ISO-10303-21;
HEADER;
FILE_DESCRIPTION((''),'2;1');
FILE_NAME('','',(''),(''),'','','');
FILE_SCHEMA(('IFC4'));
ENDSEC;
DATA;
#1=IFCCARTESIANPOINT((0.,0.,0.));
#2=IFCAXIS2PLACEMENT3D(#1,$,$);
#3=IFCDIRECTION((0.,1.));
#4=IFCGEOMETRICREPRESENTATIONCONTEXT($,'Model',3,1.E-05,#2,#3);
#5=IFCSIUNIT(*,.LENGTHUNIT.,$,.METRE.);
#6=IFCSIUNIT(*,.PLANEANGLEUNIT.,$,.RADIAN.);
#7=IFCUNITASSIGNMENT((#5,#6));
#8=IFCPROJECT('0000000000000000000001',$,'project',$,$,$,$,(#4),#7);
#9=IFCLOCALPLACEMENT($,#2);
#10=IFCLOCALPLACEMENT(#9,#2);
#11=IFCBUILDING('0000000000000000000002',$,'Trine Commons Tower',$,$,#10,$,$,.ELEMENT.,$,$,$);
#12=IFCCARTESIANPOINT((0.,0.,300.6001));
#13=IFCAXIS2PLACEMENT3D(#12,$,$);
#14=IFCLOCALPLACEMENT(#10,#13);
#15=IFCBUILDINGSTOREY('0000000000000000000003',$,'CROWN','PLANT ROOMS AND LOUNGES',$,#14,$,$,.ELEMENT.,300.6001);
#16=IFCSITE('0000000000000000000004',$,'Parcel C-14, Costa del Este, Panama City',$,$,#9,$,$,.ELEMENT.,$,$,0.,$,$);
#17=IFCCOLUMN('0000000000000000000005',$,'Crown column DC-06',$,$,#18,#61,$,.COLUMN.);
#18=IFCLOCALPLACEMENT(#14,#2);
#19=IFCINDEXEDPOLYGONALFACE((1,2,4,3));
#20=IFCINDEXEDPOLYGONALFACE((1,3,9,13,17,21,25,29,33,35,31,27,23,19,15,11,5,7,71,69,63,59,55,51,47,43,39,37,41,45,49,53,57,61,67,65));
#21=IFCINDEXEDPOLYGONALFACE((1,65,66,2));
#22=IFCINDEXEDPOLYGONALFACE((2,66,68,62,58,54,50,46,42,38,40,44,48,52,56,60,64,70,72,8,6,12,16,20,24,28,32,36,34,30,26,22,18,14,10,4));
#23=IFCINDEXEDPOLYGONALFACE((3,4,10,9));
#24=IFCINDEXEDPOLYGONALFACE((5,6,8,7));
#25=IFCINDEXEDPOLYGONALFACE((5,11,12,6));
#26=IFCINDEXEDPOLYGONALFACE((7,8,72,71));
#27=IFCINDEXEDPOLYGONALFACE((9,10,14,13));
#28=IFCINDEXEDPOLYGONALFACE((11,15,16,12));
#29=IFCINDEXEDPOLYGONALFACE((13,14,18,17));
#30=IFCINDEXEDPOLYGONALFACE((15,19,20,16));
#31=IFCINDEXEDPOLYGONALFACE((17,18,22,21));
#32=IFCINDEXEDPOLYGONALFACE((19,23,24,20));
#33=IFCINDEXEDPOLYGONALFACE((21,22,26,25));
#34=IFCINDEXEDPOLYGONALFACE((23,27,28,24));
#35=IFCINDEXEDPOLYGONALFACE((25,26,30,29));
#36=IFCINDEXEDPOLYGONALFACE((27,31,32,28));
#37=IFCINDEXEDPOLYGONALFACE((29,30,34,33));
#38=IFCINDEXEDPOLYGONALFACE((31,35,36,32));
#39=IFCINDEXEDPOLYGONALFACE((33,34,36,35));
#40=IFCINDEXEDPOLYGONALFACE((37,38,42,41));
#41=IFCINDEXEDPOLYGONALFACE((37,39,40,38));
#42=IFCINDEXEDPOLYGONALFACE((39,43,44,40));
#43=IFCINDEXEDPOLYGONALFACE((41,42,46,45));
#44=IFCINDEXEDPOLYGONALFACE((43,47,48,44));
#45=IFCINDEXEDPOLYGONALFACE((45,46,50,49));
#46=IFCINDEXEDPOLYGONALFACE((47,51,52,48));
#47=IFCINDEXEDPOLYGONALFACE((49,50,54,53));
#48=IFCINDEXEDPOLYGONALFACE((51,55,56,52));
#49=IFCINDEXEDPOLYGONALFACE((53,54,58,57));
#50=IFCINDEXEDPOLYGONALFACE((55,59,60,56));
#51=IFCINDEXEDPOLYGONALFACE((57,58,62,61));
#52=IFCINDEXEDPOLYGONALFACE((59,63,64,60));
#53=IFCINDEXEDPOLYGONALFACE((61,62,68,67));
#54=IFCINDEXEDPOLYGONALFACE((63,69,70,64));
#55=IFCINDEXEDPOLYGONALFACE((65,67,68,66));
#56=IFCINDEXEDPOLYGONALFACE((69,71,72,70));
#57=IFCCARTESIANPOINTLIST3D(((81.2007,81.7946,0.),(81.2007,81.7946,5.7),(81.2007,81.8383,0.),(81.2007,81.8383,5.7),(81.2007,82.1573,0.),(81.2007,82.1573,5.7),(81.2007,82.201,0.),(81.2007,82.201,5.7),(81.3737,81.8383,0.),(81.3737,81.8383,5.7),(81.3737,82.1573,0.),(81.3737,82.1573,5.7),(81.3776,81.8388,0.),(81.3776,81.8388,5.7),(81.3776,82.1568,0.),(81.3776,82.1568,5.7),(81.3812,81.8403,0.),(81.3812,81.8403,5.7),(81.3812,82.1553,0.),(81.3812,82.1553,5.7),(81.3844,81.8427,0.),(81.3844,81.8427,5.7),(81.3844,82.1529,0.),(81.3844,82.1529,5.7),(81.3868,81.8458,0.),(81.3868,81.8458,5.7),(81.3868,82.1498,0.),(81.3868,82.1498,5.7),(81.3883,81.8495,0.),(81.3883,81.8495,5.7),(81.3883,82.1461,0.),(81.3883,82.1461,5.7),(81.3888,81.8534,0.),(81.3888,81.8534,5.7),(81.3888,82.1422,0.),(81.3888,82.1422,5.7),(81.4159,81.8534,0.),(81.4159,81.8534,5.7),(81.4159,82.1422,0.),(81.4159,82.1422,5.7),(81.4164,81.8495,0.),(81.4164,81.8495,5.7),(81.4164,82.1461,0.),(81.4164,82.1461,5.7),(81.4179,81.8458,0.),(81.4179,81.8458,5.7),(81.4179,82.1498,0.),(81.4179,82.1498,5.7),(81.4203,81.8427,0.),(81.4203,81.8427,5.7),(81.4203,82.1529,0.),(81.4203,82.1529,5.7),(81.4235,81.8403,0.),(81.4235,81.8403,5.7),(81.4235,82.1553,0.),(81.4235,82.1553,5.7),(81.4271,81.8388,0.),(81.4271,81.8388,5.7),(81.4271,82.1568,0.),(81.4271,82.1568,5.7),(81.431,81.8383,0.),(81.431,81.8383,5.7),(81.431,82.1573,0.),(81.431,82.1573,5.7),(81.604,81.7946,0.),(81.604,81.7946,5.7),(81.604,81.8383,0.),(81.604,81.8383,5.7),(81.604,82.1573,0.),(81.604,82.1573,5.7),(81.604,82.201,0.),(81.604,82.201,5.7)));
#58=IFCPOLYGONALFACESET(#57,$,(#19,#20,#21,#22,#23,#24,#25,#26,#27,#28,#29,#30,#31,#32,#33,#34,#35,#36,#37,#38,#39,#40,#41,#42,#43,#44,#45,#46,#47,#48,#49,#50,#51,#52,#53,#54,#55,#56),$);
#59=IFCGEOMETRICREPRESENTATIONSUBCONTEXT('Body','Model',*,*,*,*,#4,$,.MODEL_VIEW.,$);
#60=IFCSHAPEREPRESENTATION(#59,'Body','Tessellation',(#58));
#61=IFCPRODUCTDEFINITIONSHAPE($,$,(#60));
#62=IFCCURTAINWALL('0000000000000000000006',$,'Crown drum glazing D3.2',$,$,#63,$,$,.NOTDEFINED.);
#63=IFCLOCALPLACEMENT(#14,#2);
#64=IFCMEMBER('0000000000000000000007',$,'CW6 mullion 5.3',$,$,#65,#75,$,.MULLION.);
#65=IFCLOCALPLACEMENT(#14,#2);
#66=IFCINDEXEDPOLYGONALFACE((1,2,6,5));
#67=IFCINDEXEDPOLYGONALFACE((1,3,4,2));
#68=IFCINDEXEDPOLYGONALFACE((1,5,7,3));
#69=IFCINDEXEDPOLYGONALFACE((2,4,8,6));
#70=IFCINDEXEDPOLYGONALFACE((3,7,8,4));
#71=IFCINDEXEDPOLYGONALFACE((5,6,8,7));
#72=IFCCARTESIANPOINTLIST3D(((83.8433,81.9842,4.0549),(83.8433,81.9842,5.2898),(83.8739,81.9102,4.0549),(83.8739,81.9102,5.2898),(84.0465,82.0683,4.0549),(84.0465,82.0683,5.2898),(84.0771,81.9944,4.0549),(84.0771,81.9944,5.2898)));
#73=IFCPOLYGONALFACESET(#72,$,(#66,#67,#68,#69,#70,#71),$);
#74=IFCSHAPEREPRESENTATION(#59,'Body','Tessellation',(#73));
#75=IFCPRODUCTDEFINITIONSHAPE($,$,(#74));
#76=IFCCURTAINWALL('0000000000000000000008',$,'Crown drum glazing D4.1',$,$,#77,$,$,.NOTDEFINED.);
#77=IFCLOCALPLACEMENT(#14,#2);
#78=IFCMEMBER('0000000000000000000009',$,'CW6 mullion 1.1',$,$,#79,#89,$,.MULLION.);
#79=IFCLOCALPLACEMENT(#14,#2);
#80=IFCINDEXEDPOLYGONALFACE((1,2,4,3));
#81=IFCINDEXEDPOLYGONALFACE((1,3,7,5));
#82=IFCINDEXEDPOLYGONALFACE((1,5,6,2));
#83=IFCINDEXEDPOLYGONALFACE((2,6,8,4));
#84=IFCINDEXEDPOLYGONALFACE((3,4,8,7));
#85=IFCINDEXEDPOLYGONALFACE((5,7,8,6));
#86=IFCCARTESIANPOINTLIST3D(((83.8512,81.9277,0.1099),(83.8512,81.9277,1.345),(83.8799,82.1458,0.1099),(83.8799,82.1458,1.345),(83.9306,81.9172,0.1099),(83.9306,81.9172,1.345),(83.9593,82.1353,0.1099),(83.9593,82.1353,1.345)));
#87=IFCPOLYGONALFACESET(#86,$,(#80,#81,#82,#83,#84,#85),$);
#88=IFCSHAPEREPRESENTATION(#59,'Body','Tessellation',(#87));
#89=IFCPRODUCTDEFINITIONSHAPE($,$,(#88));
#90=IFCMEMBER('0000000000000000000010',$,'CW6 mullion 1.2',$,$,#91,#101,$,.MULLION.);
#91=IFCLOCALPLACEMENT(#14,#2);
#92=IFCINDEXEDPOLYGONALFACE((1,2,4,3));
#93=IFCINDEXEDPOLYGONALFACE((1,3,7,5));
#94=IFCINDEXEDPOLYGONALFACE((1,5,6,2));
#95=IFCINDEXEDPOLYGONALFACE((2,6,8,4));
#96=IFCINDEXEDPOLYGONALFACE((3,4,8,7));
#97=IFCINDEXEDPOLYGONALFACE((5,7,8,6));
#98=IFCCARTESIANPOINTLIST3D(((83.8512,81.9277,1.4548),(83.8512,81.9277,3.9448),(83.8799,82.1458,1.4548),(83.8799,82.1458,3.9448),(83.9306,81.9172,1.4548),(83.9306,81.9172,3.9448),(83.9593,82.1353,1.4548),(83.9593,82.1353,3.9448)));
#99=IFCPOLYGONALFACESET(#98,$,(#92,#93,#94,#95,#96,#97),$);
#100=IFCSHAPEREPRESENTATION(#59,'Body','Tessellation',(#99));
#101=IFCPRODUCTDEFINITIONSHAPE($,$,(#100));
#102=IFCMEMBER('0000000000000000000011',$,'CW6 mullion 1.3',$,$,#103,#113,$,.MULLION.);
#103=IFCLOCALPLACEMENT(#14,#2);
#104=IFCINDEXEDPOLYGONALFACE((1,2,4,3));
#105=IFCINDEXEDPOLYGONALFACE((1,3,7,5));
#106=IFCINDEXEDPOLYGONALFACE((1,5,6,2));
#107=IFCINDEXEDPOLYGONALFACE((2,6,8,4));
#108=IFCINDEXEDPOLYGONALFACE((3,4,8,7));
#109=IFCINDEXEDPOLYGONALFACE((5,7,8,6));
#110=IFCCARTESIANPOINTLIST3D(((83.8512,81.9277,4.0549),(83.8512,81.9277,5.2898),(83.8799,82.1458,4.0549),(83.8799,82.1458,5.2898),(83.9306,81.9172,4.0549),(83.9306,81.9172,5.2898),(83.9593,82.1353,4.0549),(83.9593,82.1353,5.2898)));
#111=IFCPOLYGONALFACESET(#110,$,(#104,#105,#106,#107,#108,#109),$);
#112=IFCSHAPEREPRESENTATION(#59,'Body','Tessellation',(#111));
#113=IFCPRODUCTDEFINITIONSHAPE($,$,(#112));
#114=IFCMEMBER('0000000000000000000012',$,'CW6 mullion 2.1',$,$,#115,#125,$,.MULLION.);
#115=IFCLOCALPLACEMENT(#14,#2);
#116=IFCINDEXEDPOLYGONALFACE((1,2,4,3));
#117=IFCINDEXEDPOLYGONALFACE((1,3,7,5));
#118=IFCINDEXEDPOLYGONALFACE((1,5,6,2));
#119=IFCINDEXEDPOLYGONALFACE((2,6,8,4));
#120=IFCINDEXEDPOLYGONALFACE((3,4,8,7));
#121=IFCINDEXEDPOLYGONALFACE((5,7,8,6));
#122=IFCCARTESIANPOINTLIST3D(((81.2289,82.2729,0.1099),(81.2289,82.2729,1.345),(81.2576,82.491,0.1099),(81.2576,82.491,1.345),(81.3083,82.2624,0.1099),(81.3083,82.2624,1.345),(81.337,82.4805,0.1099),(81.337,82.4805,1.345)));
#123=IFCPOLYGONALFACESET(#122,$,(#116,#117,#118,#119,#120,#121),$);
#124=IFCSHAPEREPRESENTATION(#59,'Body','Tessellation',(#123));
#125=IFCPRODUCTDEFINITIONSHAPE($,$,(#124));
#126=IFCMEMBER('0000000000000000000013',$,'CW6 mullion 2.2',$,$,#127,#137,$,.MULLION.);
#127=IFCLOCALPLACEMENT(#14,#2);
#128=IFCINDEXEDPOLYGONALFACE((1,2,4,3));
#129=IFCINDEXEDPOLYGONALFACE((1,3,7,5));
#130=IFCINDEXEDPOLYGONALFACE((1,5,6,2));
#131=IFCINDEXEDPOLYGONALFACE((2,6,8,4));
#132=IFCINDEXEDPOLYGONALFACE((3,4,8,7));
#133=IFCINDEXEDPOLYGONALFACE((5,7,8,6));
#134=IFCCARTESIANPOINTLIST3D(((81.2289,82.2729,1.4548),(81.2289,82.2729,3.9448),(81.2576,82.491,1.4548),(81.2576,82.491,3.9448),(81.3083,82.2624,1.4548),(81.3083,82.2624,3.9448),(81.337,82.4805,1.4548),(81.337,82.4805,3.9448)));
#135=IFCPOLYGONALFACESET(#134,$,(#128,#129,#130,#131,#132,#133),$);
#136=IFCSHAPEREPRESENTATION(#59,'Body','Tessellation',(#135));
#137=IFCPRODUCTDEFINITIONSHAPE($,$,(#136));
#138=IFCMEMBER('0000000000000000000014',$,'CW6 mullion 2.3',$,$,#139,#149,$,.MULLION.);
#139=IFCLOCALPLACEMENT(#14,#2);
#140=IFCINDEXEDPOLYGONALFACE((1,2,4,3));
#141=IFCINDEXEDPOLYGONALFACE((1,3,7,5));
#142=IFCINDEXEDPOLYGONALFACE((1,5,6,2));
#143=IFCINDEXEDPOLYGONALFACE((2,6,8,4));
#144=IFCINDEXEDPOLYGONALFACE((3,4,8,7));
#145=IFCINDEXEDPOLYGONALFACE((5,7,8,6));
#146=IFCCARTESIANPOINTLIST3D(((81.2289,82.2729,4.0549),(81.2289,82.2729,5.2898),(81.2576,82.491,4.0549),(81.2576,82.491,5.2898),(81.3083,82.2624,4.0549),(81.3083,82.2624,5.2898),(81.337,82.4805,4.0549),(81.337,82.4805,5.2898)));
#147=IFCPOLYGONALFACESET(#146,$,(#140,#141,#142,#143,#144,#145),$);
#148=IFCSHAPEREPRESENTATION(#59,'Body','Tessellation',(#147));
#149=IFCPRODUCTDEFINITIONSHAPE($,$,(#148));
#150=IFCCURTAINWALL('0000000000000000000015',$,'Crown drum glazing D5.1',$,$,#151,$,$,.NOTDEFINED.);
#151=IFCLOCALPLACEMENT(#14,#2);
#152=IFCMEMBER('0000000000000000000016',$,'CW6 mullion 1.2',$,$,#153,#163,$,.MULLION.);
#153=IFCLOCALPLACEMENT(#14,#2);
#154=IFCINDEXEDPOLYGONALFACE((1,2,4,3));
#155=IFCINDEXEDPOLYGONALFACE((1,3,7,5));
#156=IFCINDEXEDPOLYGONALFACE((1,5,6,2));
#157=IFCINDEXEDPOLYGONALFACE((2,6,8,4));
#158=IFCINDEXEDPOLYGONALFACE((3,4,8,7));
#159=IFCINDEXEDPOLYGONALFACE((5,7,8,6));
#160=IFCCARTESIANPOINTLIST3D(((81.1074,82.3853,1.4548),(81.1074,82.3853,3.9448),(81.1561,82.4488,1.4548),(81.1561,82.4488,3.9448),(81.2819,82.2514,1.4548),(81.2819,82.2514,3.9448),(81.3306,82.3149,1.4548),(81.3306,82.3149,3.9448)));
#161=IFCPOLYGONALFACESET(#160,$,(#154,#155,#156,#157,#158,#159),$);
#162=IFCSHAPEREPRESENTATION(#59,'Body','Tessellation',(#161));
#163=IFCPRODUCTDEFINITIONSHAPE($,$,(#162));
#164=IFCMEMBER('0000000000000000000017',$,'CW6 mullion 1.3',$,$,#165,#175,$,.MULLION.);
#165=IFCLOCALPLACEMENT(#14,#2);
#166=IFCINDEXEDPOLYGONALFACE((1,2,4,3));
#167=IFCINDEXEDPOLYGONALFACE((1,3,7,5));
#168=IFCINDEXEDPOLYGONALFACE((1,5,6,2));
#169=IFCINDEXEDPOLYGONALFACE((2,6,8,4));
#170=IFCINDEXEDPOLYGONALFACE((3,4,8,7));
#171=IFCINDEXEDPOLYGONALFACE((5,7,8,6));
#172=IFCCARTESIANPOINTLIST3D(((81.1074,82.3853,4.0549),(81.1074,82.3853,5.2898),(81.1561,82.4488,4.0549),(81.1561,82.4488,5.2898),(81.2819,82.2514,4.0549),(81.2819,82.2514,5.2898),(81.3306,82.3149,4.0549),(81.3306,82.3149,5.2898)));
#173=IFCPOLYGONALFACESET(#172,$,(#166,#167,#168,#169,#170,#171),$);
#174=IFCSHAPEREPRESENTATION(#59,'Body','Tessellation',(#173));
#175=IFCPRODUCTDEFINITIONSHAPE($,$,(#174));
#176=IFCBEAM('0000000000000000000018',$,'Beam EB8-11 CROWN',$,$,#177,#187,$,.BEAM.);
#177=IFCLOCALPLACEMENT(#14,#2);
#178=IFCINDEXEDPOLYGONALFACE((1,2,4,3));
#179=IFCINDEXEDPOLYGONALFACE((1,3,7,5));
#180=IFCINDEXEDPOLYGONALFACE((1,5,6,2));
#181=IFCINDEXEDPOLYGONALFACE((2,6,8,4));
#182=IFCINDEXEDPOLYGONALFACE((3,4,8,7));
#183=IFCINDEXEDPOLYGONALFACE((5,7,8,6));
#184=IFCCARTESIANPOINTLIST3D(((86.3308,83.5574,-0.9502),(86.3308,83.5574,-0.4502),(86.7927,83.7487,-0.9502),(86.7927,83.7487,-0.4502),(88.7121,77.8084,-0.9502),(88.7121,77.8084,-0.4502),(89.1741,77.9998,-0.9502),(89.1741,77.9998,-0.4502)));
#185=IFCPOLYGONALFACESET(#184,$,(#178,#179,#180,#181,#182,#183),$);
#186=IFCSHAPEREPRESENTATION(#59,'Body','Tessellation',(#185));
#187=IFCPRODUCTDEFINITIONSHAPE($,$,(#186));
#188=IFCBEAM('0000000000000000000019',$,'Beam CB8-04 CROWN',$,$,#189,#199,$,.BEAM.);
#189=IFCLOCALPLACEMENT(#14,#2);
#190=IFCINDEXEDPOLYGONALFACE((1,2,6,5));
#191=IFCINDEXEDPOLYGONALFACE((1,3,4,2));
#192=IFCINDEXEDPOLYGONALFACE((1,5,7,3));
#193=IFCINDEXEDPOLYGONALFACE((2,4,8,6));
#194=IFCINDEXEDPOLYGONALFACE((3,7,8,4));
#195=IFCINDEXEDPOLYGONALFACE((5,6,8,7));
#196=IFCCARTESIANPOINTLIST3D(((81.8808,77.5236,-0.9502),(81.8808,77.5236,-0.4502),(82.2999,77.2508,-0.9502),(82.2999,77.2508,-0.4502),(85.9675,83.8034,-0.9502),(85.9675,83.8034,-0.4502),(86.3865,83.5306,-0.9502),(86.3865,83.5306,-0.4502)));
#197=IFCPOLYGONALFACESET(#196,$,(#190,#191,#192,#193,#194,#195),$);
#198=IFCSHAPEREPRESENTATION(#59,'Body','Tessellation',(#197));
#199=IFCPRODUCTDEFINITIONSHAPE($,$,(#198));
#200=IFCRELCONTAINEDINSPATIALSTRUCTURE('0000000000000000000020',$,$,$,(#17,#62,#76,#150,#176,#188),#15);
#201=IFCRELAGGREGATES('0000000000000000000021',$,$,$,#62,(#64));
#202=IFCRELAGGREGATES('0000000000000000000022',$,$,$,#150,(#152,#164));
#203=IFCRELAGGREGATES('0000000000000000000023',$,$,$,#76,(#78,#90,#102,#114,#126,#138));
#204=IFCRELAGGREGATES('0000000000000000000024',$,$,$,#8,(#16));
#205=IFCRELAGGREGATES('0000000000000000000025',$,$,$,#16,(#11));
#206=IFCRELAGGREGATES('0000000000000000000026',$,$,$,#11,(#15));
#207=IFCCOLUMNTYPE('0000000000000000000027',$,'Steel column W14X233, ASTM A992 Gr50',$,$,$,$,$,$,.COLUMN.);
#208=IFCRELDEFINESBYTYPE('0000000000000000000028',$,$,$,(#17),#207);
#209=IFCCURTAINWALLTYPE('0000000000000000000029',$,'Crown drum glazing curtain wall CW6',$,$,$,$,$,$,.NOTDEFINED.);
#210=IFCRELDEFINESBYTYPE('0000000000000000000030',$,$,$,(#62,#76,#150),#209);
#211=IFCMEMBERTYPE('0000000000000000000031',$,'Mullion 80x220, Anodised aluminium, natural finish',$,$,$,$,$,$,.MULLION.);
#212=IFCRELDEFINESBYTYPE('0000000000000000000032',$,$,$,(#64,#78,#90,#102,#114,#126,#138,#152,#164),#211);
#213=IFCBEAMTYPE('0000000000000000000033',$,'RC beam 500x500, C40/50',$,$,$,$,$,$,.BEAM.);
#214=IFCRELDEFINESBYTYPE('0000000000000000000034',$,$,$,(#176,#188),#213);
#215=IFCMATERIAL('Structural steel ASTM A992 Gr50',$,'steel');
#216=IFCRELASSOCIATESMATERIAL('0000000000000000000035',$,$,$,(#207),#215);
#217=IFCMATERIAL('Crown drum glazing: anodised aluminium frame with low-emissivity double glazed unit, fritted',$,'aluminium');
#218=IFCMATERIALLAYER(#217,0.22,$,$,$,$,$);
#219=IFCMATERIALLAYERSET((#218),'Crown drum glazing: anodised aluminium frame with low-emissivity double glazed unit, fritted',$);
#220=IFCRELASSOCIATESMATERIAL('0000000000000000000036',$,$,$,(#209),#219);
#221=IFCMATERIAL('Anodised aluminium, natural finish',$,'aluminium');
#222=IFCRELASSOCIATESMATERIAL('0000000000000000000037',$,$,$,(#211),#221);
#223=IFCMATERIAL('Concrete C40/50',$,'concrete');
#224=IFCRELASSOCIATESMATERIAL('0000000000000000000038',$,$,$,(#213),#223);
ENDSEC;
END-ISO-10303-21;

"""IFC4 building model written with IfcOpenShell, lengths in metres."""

from ifc_helpers import new_model, si_unit, direction, frame, origin, origin_2d, place, context, subcontext, project, spatial, rectangle, i_section, extrude, material, layer, layer_set, material_profile, profile_set, type_object, element, aggregate, save


model = new_model("IFC4")

# Units and contexts
model_context = context("Model", 3, precision=1e-05, world=origin(), true_north=direction((0.0, 1.0)))
body_context = subcontext(model_context, "Body", "Model", "MODEL_VIEW")
ifc_project = project(units=[si_unit("LENGTHUNIT", "METRE"), si_unit("PLANEANGLEUNIT", "RADIAN")], contexts=[model_context])

# Site, building, storey
site_placement = place(None, origin())
site = spatial("IfcSite", under=ifc_project, at=site_placement, Name="Parcel C-14, Costa del Este, Panama City", CompositionType="ELEMENT", RefElevation=0.0)
building_placement = place(site_placement, origin())
building = spatial("IfcBuilding", under=site, at=building_placement, Name="Trine Commons Tower", CompositionType="ELEMENT")
storey_placement = place(building_placement, frame((0.0, 0.0, 300.6001)))
storey = spatial("IfcBuildingStorey", under=building, at=storey_placement, Name="CROWN", Description="PLANT ROOMS AND LOUNGES", CompositionType="ELEMENT", Elevation=300.6001)

# Column
ifc_material_1 = material(Name="Structural steel ASTM A992 Gr50", Category="steel")
ifc_material_profile_1 = material_profile(ifc_material_1, i_section(OverallWidth=0.4033, OverallDepth=0.4065, WebThickness=0.0271, FlangeThickness=0.0437, FilletRadius=0.0151, at=origin_2d()), Name="W14X233")
ifc_profile_set_1 = profile_set([ifc_material_profile_1], Name="Structural steel ASTM A992 Gr50")
column_type = type_object("IfcColumnType", Name="Steel column W14X233, ASTM A992 Gr50", PredefinedType="COLUMN", material=ifc_profile_set_1)
column_placement = place(storey_placement, frame((81.4023, 81.9978, 0.0), z_axis=(0.0, 0.0, 1.0), x_axis=(1.0, 0.0, 0.0)))
element("IfcColumn", 1, at=column_placement, inside=storey, type_object=column_type, Name="Crown column DC-06", PredefinedType="COLUMN", context=body_context, shape_type="SweptSolid", body=[
    extrude(i_section(OverallWidth=0.4033, OverallDepth=0.4065, WebThickness=0.0271, FlangeThickness=0.0437, FilletRadius=0.0151, at=origin_2d()), origin(), (0.0, 0.0, 1.0), 5.7),
])

# Curtain wall, member
ifc_material_2 = material(Name="Crown drum glazing: anodised aluminium frame with low-emissivity double glazed unit, fritted", Category="aluminium")
ifc_layer_1 = layer(ifc_material_2, 0.22)
ifc_layer_set_1 = layer_set([ifc_layer_1], Name="Crown drum glazing: anodised aluminium frame with low-emissivity double glazed unit, fritted")
curtain_wall_type = type_object("IfcCurtainWallType", Name="Crown drum glazing curtain wall CW6", PredefinedType="NOTDEFINED", material=ifc_layer_set_1)
curtain_wall_1_placement = place(storey_placement, origin())
curtain_wall_1 = element("IfcCurtainWall", 2, at=curtain_wall_1_placement, inside=storey, type_object=curtain_wall_type, Name="Crown drum glazing D3.2", PredefinedType="NOTDEFINED")
ifc_material_3 = material(Name="Anodised aluminium, natural finish", Category="aluminium")
ifc_material_profile_2 = material_profile(ifc_material_3, rectangle(XDim=0.22, YDim=0.0801, at=origin_2d()), Name="Mullion 80x220")
ifc_profile_set_2 = profile_set([ifc_material_profile_2], Name="Anodised aluminium, natural finish")
member_type_1 = type_object("IfcMemberType", Name="Mullion 80x220, Anodised aluminium, natural finish", PredefinedType="MULLION", material=ifc_profile_set_2)
member_1_placement = place(storey_placement, frame((83.9602, 81.9893, 4.0549), z_axis=(0.0, 0.0, 1.0), x_axis=(-0.92388, -0.382683, 0.0)))
member_1 = element("IfcMember", 3, at=member_1_placement, type_object=member_type_1, Name="CW6 mullion 5.3", PredefinedType="MULLION", context=body_context, shape_type="SweptSolid", body=[
    extrude(rectangle(XDim=0.22, YDim=0.0801, at=origin_2d()), origin(), (0.0, 0.0, 1.0), 1.2349),
])
aggregate(curtain_wall_1, [member_1])

# Curtain walls, members
curtain_wall_2_placement = place(storey_placement, origin())
curtain_wall_2 = element("IfcCurtainWall", 4, at=curtain_wall_2_placement, inside=storey, type_object=curtain_wall_type, Name="Crown drum glazing D4.1", PredefinedType="NOTDEFINED")
member_2_placement = place(storey_placement, frame((83.9053, 82.0315, 0.1099), z_axis=(0.0, 0.0, 1.0), x_axis=(-0.130526, -0.991445, 0.0)))
member_2 = element("IfcMember", 5, at=member_2_placement, type_object=member_type_1, Name="CW6 mullion 1.1", PredefinedType="MULLION", context=body_context, shape_type="SweptSolid", body=[
    extrude(rectangle(XDim=0.22, YDim=0.0801, at=origin_2d()), origin(), (0.0, 0.0, 1.0), 1.2351),
])
member_3_placement = place(storey_placement, frame((83.9053, 82.0315, 1.4548), z_axis=(0.0, 0.0, 1.0), x_axis=(-0.130526, -0.991445, 0.0)))
member_3 = element("IfcMember", 6, at=member_3_placement, type_object=member_type_1, Name="CW6 mullion 1.2", PredefinedType="MULLION", context=body_context, shape_type="SweptSolid", body=[
    extrude(rectangle(XDim=0.22, YDim=0.0801, at=origin_2d()), origin(), (0.0, 0.0, 1.0), 2.49),
])
member_4_placement = place(storey_placement, frame((83.9053, 82.0315, 4.0549), z_axis=(0.0, 0.0, 1.0), x_axis=(-0.130526, -0.991445, 0.0)))
member_4 = element("IfcMember", 7, at=member_4_placement, type_object=member_type_1, Name="CW6 mullion 1.3", PredefinedType="MULLION", context=body_context, shape_type="SweptSolid", body=[
    extrude(rectangle(XDim=0.22, YDim=0.0801, at=origin_2d()), origin(), (0.0, 0.0, 1.0), 1.2349),
])
member_5_placement = place(storey_placement, frame((81.283, 82.3767, 0.1099), z_axis=(0.0, 0.0, 1.0), x_axis=(-0.130526, -0.991445, 0.0)))
member_5 = element("IfcMember", 8, at=member_5_placement, type_object=member_type_1, Name="CW6 mullion 2.1", PredefinedType="MULLION", context=body_context, shape_type="SweptSolid", body=[
    extrude(rectangle(XDim=0.22, YDim=0.0801, at=origin_2d()), origin(), (0.0, 0.0, 1.0), 1.2351),
])
member_6_placement = place(storey_placement, frame((81.283, 82.3767, 1.4548), z_axis=(0.0, 0.0, 1.0), x_axis=(-0.130526, -0.991445, 0.0)))
member_6 = element("IfcMember", 9, at=member_6_placement, type_object=member_type_1, Name="CW6 mullion 2.2", PredefinedType="MULLION", context=body_context, shape_type="SweptSolid", body=[
    extrude(rectangle(XDim=0.22, YDim=0.0801, at=origin_2d()), origin(), (0.0, 0.0, 1.0), 2.49),
])
member_7_placement = place(storey_placement, frame((81.283, 82.3767, 4.0549), z_axis=(0.0, 0.0, 1.0), x_axis=(-0.130526, -0.991445, 0.0)))
member_7 = element("IfcMember", 10, at=member_7_placement, type_object=member_type_1, Name="CW6 mullion 2.3", PredefinedType="MULLION", context=body_context, shape_type="SweptSolid", body=[
    extrude(rectangle(XDim=0.22, YDim=0.0801, at=origin_2d()), origin(), (0.0, 0.0, 1.0), 1.2349),
])
curtain_wall_3_placement = place(storey_placement, origin())
curtain_wall_3 = element("IfcCurtainWall", 11, at=curtain_wall_3_placement, inside=storey, type_object=curtain_wall_type, Name="Crown drum glazing D5.1", PredefinedType="NOTDEFINED")
member_8_placement = place(storey_placement, frame((81.219, 82.3501, 1.4548), z_axis=(0.0, 0.0, 1.0), x_axis=(0.793353, -0.608761, 0.0)))
member_8 = element("IfcMember", 12, at=member_8_placement, type_object=member_type_1, Name="CW6 mullion 1.2", PredefinedType="MULLION", context=body_context, shape_type="SweptSolid", body=[
    extrude(rectangle(XDim=0.22, YDim=0.0801, at=origin_2d()), origin(), (0.0, 0.0, 1.0), 2.49),
])
member_9_placement = place(storey_placement, frame((81.219, 82.3501, 4.0549), z_axis=(0.0, 0.0, 1.0), x_axis=(0.793353, -0.608761, 0.0)))
member_9 = element("IfcMember", 13, at=member_9_placement, type_object=member_type_1, Name="CW6 mullion 1.3", PredefinedType="MULLION", context=body_context, shape_type="SweptSolid", body=[
    extrude(rectangle(XDim=0.22, YDim=0.0801, at=origin_2d()), origin(), (0.0, 0.0, 1.0), 1.2349),
])

# Beams
ifc_material_4 = material(Name="Concrete C40/50", Category="concrete")
ifc_material_profile_3 = material_profile(ifc_material_4, rectangle(XDim=0.5, YDim=0.5, at=origin_2d()), Name="RC 500x500")
ifc_profile_set_3 = profile_set([ifc_material_profile_3], Name="Concrete C40/50")
beam_type_1 = type_object("IfcBeamType", Name="RC beam 500x500, C40/50", PredefinedType="BEAM", material=ifc_profile_set_3)
beam_1_placement = place(storey_placement, frame((86.5618, 83.6531, -0.7002), z_axis=(0.382687, -0.923878, 0.0), x_axis=(0.923878, 0.382687, 0.0)))
element("IfcBeam", 14, at=beam_1_placement, inside=storey, type_object=beam_type_1, Name="Beam EB8-11 CROWN", PredefinedType="BEAM", context=body_context, shape_type="SweptSolid", body=[
    extrude(rectangle(XDim=0.5, YDim=0.5, at=origin_2d()), origin(), (0.0, 0.0, 1.0), 6.2227),
])
beam_2_placement = place(storey_placement, frame((86.177, 83.667, -0.7002), z_axis=(-0.54544, -0.83815, 0.0), x_axis=(0.83815, -0.54544, 0.0)))
element("IfcBeam", 15, at=beam_2_placement, inside=storey, type_object=beam_type_1, Name="Beam CB8-04 CROWN", PredefinedType="BEAM", context=body_context, shape_type="SweptSolid", body=[
    extrude(rectangle(XDim=0.5, YDim=0.5, at=origin_2d()), origin(), (0.0, 0.0, 1.0), 7.4924),
])

aggregate(curtain_wall_3, [member_8, member_9])

aggregate(curtain_wall_2, [member_2, member_3, member_4, member_5, member_6, member_7])

save(model, "model.ifc")
